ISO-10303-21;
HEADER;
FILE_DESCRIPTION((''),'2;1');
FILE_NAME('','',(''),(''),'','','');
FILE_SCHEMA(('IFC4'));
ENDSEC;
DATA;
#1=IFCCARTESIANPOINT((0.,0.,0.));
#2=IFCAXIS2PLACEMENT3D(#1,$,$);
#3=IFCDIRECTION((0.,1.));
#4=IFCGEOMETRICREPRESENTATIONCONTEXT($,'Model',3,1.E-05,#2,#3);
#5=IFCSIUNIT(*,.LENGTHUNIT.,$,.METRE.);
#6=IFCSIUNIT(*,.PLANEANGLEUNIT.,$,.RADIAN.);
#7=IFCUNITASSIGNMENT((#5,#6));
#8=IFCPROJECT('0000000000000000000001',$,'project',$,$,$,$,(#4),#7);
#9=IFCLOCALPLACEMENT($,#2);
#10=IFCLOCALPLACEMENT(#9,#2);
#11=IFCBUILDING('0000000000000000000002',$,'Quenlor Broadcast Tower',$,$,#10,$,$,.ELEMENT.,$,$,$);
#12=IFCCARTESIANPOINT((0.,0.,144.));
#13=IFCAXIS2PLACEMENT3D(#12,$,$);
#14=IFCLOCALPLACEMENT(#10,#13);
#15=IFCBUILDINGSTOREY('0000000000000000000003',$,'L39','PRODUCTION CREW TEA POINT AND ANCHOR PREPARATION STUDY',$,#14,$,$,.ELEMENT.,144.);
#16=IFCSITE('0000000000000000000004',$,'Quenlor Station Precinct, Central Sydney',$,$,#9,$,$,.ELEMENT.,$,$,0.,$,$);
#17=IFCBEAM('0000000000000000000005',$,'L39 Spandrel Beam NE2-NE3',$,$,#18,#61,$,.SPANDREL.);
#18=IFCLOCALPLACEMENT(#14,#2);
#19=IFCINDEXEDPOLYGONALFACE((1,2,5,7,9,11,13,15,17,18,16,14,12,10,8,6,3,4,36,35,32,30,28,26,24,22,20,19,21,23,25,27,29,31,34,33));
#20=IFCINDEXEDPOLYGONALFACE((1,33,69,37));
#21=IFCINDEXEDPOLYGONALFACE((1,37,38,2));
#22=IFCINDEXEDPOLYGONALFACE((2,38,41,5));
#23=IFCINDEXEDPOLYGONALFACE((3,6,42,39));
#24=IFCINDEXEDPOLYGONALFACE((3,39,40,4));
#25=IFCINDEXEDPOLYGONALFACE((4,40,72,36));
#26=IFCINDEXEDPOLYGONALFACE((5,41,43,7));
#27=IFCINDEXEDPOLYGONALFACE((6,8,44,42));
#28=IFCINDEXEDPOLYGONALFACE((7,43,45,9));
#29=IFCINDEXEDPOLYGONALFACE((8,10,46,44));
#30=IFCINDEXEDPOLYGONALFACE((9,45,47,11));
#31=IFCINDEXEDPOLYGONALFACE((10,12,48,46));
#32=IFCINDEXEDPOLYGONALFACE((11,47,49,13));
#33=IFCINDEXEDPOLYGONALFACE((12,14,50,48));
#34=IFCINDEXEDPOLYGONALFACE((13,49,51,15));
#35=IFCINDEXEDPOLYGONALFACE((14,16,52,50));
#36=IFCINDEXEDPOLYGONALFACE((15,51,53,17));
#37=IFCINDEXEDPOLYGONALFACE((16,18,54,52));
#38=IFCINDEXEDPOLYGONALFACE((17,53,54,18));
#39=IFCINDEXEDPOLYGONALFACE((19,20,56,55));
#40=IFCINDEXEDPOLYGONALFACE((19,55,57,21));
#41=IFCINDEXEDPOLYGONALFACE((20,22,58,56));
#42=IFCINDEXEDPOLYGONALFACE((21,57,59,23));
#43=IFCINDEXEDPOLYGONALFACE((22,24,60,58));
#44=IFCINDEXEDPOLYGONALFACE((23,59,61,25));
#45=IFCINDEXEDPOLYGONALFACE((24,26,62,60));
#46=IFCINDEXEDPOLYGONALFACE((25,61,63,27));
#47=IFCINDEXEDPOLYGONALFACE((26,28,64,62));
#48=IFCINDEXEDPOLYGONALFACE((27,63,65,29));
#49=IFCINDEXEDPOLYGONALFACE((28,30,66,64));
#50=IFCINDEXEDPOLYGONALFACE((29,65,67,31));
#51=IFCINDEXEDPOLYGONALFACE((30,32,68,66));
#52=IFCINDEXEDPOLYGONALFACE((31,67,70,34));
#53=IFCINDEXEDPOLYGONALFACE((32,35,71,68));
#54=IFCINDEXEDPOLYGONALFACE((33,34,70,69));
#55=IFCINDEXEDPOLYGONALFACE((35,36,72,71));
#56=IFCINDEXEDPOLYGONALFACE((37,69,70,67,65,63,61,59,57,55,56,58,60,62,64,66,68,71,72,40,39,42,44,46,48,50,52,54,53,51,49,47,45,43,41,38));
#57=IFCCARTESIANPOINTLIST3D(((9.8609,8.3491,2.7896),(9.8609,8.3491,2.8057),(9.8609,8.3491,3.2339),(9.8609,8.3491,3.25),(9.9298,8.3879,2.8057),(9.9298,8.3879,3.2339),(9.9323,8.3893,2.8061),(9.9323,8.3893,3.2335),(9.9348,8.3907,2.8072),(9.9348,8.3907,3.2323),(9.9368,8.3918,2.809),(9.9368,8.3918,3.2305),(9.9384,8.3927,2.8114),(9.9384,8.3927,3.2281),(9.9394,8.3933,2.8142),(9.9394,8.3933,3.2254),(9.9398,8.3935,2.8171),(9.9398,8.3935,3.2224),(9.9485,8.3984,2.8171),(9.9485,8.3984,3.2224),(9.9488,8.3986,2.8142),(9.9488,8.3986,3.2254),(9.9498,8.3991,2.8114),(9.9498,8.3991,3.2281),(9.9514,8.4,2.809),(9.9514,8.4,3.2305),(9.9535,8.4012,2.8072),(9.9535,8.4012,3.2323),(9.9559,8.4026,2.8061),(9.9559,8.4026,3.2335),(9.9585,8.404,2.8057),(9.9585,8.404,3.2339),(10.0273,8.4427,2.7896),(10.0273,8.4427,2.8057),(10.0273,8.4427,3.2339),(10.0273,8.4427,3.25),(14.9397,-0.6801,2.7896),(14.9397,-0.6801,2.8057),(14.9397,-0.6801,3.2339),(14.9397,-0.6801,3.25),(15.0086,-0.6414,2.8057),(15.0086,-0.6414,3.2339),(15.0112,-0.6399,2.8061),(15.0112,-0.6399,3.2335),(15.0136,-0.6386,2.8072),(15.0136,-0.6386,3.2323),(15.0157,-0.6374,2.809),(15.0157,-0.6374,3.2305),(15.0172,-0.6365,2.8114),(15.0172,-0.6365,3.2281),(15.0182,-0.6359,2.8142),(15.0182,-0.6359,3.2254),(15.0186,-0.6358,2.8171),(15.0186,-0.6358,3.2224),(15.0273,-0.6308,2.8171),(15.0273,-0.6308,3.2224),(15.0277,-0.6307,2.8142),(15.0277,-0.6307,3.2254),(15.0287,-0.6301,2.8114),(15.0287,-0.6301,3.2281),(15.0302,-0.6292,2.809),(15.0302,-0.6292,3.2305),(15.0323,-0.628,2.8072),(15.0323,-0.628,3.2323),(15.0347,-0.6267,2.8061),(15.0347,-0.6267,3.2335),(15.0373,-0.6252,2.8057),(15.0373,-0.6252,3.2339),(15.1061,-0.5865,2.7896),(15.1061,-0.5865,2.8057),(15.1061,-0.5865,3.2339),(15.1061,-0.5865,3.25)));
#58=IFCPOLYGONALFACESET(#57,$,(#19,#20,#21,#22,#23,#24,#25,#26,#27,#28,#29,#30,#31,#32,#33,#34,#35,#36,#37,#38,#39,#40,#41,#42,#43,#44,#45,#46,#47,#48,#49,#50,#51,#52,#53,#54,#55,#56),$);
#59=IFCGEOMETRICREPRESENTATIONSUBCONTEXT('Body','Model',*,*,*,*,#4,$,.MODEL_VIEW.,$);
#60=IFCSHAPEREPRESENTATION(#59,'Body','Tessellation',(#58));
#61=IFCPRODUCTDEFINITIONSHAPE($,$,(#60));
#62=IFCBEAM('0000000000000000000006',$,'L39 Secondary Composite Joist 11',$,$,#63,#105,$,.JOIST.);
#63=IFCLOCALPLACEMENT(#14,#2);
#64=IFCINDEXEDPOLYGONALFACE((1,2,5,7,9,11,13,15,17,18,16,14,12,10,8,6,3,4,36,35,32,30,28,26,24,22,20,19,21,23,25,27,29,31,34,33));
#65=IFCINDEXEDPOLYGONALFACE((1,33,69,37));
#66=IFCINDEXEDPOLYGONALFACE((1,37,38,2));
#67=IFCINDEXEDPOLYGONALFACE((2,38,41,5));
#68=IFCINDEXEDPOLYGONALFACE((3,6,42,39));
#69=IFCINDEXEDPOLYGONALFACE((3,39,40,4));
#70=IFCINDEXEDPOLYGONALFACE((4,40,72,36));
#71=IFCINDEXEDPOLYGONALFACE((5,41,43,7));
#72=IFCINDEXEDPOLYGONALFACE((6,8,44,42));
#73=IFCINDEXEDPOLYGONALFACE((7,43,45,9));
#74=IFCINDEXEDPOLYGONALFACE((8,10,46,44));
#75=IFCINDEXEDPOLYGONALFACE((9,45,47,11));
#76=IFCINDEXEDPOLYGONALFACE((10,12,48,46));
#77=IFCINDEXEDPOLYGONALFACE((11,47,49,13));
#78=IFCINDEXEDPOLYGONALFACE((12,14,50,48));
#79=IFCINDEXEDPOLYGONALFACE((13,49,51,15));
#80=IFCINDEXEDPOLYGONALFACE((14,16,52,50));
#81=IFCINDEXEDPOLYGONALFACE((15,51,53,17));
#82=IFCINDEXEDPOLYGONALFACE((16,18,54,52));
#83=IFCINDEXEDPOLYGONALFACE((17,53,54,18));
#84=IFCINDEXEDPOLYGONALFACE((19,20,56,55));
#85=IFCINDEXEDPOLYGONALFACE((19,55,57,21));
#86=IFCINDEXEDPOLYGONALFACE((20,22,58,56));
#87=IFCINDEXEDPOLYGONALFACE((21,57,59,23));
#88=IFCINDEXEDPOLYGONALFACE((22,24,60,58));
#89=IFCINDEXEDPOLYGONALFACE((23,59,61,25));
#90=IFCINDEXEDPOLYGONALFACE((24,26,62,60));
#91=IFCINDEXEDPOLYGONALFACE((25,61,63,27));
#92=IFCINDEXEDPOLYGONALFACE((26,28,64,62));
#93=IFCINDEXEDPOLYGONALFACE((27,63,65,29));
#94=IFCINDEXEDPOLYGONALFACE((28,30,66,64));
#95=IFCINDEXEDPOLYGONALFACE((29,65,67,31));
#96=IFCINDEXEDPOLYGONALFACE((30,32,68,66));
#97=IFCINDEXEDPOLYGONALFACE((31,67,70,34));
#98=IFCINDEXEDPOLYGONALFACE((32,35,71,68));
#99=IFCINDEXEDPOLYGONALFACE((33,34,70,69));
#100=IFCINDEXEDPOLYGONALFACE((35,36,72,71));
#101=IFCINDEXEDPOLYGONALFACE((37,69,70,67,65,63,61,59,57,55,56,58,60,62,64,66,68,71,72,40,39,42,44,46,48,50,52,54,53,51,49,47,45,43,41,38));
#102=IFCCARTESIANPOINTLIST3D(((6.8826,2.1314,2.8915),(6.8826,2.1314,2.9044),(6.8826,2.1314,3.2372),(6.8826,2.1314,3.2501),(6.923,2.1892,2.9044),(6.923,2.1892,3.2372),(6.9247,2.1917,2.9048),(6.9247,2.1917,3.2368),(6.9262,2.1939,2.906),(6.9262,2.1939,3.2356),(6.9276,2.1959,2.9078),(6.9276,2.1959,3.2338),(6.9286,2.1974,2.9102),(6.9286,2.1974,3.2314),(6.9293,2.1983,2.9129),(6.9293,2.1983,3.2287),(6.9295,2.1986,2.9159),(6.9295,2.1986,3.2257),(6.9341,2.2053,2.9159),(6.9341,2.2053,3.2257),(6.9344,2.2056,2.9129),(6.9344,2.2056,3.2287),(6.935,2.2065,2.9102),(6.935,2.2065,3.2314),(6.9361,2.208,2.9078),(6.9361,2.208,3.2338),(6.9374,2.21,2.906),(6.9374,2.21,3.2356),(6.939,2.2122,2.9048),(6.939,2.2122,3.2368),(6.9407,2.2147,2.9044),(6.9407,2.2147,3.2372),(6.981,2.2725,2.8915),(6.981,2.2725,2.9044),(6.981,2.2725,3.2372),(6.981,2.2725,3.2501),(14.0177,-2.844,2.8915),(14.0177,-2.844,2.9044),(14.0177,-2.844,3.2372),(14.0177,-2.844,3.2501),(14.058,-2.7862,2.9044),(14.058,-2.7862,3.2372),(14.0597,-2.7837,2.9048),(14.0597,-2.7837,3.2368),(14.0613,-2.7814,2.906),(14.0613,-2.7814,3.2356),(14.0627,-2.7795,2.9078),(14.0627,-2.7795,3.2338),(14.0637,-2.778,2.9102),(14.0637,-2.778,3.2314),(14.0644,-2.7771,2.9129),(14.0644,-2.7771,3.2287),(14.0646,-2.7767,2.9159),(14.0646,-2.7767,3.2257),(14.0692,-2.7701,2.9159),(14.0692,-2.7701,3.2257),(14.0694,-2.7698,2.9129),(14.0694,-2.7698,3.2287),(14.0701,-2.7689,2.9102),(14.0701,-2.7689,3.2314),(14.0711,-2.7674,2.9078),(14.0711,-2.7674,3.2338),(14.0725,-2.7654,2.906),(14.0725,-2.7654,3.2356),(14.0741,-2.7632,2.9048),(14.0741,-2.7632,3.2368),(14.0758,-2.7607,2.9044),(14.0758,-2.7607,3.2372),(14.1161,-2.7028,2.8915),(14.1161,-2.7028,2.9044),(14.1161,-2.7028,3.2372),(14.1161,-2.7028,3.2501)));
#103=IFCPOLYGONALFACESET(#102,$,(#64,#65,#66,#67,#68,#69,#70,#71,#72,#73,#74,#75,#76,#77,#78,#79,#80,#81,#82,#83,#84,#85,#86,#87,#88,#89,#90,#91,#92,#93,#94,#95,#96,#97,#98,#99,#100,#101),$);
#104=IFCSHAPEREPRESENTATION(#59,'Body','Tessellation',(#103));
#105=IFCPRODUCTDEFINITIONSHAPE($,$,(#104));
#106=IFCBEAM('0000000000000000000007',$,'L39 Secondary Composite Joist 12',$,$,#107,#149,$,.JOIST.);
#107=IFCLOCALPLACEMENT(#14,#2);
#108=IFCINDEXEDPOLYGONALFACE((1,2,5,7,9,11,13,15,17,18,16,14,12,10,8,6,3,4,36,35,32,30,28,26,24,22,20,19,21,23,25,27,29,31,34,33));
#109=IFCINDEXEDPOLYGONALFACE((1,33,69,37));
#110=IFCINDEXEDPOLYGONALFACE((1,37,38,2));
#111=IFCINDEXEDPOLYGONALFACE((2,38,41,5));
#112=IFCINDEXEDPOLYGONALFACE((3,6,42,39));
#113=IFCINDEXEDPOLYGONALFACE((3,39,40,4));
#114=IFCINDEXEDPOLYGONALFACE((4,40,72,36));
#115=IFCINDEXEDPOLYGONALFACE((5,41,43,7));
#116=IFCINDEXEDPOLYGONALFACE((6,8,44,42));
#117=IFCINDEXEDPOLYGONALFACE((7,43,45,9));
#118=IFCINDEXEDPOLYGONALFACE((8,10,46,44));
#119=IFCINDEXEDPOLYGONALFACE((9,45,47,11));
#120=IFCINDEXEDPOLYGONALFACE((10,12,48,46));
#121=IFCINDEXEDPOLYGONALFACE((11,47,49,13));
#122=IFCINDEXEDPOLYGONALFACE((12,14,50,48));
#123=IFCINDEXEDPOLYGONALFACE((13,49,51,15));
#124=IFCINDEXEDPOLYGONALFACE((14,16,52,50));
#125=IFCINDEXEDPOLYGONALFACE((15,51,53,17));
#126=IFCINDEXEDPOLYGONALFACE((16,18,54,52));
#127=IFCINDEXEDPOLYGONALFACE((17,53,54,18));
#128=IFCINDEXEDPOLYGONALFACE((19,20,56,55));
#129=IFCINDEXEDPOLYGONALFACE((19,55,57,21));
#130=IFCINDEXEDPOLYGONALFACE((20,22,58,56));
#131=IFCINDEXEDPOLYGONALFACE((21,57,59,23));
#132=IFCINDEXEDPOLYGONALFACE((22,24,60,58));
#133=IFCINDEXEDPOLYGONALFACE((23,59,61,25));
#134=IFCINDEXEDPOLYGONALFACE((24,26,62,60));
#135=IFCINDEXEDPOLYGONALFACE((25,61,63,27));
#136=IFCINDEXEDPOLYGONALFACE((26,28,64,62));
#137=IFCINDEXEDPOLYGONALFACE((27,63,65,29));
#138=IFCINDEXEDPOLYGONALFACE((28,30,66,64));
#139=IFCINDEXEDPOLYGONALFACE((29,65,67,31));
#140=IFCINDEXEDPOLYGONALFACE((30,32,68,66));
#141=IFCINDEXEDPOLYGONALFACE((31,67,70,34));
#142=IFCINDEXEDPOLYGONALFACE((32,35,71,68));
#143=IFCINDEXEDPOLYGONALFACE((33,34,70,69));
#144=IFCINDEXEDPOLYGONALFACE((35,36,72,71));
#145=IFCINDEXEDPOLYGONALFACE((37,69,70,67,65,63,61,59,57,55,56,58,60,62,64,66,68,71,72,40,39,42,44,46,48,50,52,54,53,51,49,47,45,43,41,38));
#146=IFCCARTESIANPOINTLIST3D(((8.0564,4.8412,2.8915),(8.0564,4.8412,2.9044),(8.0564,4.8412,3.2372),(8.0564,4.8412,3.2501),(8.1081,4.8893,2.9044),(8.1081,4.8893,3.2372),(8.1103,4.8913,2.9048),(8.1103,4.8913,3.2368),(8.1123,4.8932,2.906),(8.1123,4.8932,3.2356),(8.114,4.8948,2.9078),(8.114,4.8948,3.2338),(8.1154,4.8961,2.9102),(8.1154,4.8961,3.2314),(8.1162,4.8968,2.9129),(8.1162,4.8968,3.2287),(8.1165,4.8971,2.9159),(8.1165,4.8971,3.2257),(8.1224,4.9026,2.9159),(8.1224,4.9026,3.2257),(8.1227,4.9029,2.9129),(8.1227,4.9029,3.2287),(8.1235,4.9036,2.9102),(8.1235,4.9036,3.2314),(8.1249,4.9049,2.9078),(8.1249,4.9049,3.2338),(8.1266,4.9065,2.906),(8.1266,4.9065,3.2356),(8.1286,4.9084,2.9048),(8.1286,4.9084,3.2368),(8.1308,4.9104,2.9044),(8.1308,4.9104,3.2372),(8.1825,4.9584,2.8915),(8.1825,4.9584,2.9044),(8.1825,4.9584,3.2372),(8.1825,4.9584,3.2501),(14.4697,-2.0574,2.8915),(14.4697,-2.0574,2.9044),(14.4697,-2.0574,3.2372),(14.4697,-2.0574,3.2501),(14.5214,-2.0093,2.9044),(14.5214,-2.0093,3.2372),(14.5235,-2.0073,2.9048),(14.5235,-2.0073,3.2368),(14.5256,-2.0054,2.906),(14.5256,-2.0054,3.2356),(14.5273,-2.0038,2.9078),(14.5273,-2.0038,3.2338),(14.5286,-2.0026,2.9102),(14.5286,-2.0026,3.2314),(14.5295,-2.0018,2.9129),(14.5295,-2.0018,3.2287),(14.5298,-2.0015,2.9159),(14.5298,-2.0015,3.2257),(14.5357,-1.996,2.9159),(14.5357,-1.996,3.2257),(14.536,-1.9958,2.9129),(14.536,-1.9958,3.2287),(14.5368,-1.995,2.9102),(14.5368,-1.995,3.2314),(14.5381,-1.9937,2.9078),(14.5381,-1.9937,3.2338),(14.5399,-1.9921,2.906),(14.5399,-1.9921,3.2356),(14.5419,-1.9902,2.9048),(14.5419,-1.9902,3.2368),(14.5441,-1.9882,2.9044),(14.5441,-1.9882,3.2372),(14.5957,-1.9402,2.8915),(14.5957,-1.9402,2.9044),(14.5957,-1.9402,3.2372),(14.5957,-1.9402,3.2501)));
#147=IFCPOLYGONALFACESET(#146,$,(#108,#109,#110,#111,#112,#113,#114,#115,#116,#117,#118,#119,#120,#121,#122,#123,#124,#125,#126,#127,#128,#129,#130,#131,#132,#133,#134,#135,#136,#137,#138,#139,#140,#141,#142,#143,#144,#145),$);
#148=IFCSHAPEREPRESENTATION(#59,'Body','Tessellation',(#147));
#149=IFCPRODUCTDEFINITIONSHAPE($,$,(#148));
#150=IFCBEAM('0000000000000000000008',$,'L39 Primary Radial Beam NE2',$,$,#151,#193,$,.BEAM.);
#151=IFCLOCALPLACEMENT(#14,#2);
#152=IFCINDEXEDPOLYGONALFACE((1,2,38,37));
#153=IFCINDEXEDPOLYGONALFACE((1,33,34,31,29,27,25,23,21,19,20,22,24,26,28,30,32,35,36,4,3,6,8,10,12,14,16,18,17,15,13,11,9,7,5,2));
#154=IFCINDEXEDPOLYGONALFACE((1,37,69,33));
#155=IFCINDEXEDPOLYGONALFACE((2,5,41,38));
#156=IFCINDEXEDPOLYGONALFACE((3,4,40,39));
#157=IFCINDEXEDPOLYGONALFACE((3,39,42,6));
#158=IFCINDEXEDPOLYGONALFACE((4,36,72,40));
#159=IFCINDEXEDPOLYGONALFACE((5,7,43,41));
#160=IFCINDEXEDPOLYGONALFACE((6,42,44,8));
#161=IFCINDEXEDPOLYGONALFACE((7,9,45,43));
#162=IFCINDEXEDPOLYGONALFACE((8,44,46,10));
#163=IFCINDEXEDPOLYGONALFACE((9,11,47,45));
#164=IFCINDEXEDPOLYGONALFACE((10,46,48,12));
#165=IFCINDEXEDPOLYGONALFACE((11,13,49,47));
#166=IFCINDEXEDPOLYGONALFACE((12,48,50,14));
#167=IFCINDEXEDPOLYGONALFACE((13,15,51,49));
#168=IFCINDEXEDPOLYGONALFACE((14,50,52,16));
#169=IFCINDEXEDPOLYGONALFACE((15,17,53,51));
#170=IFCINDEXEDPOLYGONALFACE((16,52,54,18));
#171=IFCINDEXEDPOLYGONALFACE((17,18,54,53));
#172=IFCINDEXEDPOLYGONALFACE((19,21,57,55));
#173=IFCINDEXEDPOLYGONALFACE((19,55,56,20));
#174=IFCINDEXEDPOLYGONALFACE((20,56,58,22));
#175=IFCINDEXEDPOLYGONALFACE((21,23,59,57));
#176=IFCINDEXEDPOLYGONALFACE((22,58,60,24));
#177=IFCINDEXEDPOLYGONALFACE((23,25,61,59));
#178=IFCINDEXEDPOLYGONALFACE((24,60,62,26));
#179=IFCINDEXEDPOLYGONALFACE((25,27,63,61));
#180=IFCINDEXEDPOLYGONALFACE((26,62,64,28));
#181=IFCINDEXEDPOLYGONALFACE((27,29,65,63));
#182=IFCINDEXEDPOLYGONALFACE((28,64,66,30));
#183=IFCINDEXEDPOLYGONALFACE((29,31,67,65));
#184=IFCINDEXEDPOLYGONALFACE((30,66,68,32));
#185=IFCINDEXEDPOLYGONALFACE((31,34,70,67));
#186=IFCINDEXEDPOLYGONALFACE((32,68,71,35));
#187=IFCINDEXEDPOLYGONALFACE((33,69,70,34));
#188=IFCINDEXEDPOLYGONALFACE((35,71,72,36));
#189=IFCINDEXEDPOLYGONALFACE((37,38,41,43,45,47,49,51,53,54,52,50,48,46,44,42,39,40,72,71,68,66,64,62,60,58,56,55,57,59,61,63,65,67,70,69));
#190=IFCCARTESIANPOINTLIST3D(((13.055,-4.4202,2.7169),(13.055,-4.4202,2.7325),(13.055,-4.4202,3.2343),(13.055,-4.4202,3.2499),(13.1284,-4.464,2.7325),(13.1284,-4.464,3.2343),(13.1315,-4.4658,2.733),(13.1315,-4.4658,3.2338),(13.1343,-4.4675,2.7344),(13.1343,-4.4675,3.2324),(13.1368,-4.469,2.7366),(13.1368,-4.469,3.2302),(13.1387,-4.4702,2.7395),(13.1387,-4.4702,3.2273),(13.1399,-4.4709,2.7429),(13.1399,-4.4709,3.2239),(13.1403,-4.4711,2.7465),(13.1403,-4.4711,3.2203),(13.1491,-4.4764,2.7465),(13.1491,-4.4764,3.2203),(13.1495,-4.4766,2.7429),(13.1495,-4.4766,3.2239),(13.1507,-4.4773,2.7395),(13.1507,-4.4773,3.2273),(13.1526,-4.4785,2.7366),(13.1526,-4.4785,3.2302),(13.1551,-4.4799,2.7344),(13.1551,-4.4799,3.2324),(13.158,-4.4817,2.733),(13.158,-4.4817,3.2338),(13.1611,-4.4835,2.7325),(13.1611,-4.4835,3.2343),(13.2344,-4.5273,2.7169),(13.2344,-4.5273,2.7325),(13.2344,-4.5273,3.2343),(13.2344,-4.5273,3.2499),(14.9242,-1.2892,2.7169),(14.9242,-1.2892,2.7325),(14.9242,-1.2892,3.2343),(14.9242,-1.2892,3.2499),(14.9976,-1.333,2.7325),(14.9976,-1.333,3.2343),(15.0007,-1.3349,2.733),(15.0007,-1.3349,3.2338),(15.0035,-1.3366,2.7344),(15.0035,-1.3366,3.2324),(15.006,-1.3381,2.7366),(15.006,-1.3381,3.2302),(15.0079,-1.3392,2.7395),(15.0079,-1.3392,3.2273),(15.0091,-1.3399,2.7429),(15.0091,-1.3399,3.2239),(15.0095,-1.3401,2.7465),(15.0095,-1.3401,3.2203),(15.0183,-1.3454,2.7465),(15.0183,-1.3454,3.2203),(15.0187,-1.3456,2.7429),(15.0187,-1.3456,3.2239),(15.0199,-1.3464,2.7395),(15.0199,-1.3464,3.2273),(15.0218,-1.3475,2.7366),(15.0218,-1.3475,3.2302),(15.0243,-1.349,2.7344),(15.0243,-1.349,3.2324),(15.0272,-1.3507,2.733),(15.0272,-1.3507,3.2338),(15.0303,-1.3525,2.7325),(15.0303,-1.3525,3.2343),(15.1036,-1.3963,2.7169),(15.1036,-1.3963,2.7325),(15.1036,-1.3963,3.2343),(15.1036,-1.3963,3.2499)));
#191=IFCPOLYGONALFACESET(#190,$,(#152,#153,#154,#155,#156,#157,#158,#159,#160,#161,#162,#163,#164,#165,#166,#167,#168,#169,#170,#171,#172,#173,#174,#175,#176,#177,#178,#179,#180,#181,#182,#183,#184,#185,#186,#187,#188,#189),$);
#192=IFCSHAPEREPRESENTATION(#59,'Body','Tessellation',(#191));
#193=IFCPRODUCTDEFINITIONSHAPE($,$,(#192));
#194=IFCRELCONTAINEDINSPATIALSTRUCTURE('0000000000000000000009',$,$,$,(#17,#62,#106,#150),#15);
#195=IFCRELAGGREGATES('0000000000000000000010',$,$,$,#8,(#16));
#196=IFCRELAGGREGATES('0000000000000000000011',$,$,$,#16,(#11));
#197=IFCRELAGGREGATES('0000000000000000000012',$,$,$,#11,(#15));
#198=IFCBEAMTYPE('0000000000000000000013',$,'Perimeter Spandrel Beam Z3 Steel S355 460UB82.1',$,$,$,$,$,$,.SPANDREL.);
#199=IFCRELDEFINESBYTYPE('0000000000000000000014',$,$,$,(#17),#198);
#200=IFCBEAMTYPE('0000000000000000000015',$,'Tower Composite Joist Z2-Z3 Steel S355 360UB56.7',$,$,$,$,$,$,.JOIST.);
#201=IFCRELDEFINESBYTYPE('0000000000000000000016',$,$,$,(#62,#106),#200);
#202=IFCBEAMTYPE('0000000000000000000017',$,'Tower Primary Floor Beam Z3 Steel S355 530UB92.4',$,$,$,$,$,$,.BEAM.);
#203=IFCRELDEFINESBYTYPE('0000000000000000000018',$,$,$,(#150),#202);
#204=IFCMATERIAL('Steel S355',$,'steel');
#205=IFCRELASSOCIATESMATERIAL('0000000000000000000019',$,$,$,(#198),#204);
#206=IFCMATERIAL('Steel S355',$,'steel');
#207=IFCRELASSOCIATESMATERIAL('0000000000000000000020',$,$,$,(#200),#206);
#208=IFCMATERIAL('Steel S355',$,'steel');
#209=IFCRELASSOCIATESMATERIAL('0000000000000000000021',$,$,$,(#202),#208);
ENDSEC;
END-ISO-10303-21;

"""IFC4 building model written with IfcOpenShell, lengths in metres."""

from ifc_helpers import new_model, si_unit, direction, frame, origin, origin_2d, place, context, subcontext, project, spatial, i_section, extrude, material, material_profile, profile_set, type_object, element, save


model = new_model("IFC4")

# Units and contexts
model_context = context("Model", 3, precision=1e-05, world=origin(), true_north=direction((0.0, 1.0)))
body_context = subcontext(model_context, "Body", "Model", "MODEL_VIEW")
ifc_project = project(units=[si_unit("LENGTHUNIT", "METRE"), si_unit("PLANEANGLEUNIT", "RADIAN")], contexts=[model_context])

# Site, building, storey
site_placement = place(None, origin())
site = spatial("IfcSite", under=ifc_project, at=site_placement, Name="Quenlor Station Precinct, Central Sydney", CompositionType="ELEMENT", RefElevation=0.0)
building_placement = place(site_placement, origin())
building = spatial("IfcBuilding", under=site, at=building_placement, Name="Quenlor Broadcast Tower", CompositionType="ELEMENT")
storey_placement = place(building_placement, frame((0.0, 0.0, 144.0)))
storey = spatial("IfcBuildingStorey", under=building, at=storey_placement, Name="L39", Description="PRODUCTION CREW TEA POINT AND ANCHOR PREPARATION STUDY", CompositionType="ELEMENT", Elevation=144.0)

# Beams
ifc_material_1 = material(Name="Steel S355", Category="steel")
ifc_material_profile_1 = material_profile(ifc_material_1, i_section(OverallWidth=0.1909, OverallDepth=0.4604, WebThickness=0.01, FlangeThickness=0.0161, FilletRadius=0.0115, at=origin_2d()))
ifc_profile_set_1 = profile_set([ifc_material_profile_1], Name="Steel S355 460UB82.1")
beam_type_1 = type_object("IfcBeamType", Name="Perimeter Spandrel Beam Z3 Steel S355 460UB82.1", PredefinedType="SPANDREL", material=ifc_profile_set_1)
beam_1_placement = place(storey_placement, frame((15.0229, -0.6333, 3.0198), z_axis=(-0.490252, 0.871581, 0.0), x_axis=(-0.871581, -0.490252, 0.0)))
element("IfcBeam", 1, at=beam_1_placement, inside=storey, type_object=beam_type_1, Name="L39 Spandrel Beam NE2-NE3", PredefinedType="SPANDREL", context=body_context, shape_type="SweptSolid", body=[
    extrude(i_section(OverallWidth=0.1909, OverallDepth=0.4604, WebThickness=0.01, FlangeThickness=0.0161, FilletRadius=0.0115, at=origin_2d()), origin(), (0.0, 0.0, 1.0), 10.3596),
])
ifc_material_2 = material(Name="Steel S355", Category="steel")
ifc_material_profile_2 = material_profile(ifc_material_2, i_section(OverallWidth=0.1721, OverallDepth=0.3586, WebThickness=0.0081, FlangeThickness=0.0129, FilletRadius=0.0115, at=origin_2d()))
ifc_profile_set_2 = profile_set([ifc_material_profile_2], Name="Steel S355 360UB56.7")
beam_type_2 = type_object("IfcBeamType", Name="Tower Composite Joist Z2-Z3 Steel S355 360UB56.7", PredefinedType="JOIST", material=ifc_profile_set_2)
beam_2_placement = place(storey_placement, frame((14.0669, -2.7734, 3.0708), z_axis=(-0.820266, 0.571983, 0.0), x_axis=(-0.571983, -0.820266, 0.0)))
element("IfcBeam", 2, at=beam_2_placement, inside=storey, type_object=beam_type_2, Name="L39 Secondary Composite Joist 11", PredefinedType="JOIST", context=body_context, shape_type="SweptSolid", body=[
    extrude(i_section(OverallWidth=0.1721, OverallDepth=0.3586, WebThickness=0.0081, FlangeThickness=0.0129, FilletRadius=0.0115, at=origin_2d()), origin(), (0.0, 0.0, 1.0), 8.6985),
])
beam_3_placement = place(storey_placement, frame((14.5327, -1.9988, 3.0708), z_axis=(-0.680874, 0.732401, 0.0), x_axis=(-0.732401, -0.680874, 0.0)))
element("IfcBeam", 3, at=beam_3_placement, inside=storey, type_object=beam_type_2, Name="L39 Secondary Composite Joist 12", PredefinedType="JOIST", context=body_context, shape_type="SweptSolid", body=[
    extrude(i_section(OverallWidth=0.1721, OverallDepth=0.3586, WebThickness=0.0081, FlangeThickness=0.0129, FilletRadius=0.0115, at=origin_2d()), origin(), (0.0, 0.0, 1.0), 9.4192),
])
ifc_material_3 = material(Name="Steel S355", Category="steel")
ifc_material_profile_3 = material_profile(ifc_material_3, i_section(OverallWidth=0.209, OverallDepth=0.533, WebThickness=0.0103, FlangeThickness=0.0156, FilletRadius=0.0139, at=origin_2d()))
ifc_profile_set_3 = profile_set([ifc_material_profile_3], Name="Steel S355 530UB92.4")
beam_type_3 = type_object("IfcBeamType", Name="Tower Primary Floor Beam Z3 Steel S355 530UB92.4", PredefinedType="BEAM", material=ifc_profile_set_3)
beam_4_placement = place(storey_placement, frame((15.0139, -1.3428, 2.9834), z_axis=(-0.512604, -0.858625, 0.0), x_axis=(0.858625, -0.512604, 0.0)))
element("IfcBeam", 4, at=beam_4_placement, inside=storey, type_object=beam_type_3, Name="L39 Primary Radial Beam NE2", PredefinedType="BEAM", context=body_context, shape_type="SweptSolid", body=[
    extrude(i_section(OverallWidth=0.209, OverallDepth=0.533, WebThickness=0.0103, FlangeThickness=0.0156, FilletRadius=0.0139, at=origin_2d()), origin(), (0.0, 0.0, 1.0), 3.6465),
])

save(model, "model.ifc")
